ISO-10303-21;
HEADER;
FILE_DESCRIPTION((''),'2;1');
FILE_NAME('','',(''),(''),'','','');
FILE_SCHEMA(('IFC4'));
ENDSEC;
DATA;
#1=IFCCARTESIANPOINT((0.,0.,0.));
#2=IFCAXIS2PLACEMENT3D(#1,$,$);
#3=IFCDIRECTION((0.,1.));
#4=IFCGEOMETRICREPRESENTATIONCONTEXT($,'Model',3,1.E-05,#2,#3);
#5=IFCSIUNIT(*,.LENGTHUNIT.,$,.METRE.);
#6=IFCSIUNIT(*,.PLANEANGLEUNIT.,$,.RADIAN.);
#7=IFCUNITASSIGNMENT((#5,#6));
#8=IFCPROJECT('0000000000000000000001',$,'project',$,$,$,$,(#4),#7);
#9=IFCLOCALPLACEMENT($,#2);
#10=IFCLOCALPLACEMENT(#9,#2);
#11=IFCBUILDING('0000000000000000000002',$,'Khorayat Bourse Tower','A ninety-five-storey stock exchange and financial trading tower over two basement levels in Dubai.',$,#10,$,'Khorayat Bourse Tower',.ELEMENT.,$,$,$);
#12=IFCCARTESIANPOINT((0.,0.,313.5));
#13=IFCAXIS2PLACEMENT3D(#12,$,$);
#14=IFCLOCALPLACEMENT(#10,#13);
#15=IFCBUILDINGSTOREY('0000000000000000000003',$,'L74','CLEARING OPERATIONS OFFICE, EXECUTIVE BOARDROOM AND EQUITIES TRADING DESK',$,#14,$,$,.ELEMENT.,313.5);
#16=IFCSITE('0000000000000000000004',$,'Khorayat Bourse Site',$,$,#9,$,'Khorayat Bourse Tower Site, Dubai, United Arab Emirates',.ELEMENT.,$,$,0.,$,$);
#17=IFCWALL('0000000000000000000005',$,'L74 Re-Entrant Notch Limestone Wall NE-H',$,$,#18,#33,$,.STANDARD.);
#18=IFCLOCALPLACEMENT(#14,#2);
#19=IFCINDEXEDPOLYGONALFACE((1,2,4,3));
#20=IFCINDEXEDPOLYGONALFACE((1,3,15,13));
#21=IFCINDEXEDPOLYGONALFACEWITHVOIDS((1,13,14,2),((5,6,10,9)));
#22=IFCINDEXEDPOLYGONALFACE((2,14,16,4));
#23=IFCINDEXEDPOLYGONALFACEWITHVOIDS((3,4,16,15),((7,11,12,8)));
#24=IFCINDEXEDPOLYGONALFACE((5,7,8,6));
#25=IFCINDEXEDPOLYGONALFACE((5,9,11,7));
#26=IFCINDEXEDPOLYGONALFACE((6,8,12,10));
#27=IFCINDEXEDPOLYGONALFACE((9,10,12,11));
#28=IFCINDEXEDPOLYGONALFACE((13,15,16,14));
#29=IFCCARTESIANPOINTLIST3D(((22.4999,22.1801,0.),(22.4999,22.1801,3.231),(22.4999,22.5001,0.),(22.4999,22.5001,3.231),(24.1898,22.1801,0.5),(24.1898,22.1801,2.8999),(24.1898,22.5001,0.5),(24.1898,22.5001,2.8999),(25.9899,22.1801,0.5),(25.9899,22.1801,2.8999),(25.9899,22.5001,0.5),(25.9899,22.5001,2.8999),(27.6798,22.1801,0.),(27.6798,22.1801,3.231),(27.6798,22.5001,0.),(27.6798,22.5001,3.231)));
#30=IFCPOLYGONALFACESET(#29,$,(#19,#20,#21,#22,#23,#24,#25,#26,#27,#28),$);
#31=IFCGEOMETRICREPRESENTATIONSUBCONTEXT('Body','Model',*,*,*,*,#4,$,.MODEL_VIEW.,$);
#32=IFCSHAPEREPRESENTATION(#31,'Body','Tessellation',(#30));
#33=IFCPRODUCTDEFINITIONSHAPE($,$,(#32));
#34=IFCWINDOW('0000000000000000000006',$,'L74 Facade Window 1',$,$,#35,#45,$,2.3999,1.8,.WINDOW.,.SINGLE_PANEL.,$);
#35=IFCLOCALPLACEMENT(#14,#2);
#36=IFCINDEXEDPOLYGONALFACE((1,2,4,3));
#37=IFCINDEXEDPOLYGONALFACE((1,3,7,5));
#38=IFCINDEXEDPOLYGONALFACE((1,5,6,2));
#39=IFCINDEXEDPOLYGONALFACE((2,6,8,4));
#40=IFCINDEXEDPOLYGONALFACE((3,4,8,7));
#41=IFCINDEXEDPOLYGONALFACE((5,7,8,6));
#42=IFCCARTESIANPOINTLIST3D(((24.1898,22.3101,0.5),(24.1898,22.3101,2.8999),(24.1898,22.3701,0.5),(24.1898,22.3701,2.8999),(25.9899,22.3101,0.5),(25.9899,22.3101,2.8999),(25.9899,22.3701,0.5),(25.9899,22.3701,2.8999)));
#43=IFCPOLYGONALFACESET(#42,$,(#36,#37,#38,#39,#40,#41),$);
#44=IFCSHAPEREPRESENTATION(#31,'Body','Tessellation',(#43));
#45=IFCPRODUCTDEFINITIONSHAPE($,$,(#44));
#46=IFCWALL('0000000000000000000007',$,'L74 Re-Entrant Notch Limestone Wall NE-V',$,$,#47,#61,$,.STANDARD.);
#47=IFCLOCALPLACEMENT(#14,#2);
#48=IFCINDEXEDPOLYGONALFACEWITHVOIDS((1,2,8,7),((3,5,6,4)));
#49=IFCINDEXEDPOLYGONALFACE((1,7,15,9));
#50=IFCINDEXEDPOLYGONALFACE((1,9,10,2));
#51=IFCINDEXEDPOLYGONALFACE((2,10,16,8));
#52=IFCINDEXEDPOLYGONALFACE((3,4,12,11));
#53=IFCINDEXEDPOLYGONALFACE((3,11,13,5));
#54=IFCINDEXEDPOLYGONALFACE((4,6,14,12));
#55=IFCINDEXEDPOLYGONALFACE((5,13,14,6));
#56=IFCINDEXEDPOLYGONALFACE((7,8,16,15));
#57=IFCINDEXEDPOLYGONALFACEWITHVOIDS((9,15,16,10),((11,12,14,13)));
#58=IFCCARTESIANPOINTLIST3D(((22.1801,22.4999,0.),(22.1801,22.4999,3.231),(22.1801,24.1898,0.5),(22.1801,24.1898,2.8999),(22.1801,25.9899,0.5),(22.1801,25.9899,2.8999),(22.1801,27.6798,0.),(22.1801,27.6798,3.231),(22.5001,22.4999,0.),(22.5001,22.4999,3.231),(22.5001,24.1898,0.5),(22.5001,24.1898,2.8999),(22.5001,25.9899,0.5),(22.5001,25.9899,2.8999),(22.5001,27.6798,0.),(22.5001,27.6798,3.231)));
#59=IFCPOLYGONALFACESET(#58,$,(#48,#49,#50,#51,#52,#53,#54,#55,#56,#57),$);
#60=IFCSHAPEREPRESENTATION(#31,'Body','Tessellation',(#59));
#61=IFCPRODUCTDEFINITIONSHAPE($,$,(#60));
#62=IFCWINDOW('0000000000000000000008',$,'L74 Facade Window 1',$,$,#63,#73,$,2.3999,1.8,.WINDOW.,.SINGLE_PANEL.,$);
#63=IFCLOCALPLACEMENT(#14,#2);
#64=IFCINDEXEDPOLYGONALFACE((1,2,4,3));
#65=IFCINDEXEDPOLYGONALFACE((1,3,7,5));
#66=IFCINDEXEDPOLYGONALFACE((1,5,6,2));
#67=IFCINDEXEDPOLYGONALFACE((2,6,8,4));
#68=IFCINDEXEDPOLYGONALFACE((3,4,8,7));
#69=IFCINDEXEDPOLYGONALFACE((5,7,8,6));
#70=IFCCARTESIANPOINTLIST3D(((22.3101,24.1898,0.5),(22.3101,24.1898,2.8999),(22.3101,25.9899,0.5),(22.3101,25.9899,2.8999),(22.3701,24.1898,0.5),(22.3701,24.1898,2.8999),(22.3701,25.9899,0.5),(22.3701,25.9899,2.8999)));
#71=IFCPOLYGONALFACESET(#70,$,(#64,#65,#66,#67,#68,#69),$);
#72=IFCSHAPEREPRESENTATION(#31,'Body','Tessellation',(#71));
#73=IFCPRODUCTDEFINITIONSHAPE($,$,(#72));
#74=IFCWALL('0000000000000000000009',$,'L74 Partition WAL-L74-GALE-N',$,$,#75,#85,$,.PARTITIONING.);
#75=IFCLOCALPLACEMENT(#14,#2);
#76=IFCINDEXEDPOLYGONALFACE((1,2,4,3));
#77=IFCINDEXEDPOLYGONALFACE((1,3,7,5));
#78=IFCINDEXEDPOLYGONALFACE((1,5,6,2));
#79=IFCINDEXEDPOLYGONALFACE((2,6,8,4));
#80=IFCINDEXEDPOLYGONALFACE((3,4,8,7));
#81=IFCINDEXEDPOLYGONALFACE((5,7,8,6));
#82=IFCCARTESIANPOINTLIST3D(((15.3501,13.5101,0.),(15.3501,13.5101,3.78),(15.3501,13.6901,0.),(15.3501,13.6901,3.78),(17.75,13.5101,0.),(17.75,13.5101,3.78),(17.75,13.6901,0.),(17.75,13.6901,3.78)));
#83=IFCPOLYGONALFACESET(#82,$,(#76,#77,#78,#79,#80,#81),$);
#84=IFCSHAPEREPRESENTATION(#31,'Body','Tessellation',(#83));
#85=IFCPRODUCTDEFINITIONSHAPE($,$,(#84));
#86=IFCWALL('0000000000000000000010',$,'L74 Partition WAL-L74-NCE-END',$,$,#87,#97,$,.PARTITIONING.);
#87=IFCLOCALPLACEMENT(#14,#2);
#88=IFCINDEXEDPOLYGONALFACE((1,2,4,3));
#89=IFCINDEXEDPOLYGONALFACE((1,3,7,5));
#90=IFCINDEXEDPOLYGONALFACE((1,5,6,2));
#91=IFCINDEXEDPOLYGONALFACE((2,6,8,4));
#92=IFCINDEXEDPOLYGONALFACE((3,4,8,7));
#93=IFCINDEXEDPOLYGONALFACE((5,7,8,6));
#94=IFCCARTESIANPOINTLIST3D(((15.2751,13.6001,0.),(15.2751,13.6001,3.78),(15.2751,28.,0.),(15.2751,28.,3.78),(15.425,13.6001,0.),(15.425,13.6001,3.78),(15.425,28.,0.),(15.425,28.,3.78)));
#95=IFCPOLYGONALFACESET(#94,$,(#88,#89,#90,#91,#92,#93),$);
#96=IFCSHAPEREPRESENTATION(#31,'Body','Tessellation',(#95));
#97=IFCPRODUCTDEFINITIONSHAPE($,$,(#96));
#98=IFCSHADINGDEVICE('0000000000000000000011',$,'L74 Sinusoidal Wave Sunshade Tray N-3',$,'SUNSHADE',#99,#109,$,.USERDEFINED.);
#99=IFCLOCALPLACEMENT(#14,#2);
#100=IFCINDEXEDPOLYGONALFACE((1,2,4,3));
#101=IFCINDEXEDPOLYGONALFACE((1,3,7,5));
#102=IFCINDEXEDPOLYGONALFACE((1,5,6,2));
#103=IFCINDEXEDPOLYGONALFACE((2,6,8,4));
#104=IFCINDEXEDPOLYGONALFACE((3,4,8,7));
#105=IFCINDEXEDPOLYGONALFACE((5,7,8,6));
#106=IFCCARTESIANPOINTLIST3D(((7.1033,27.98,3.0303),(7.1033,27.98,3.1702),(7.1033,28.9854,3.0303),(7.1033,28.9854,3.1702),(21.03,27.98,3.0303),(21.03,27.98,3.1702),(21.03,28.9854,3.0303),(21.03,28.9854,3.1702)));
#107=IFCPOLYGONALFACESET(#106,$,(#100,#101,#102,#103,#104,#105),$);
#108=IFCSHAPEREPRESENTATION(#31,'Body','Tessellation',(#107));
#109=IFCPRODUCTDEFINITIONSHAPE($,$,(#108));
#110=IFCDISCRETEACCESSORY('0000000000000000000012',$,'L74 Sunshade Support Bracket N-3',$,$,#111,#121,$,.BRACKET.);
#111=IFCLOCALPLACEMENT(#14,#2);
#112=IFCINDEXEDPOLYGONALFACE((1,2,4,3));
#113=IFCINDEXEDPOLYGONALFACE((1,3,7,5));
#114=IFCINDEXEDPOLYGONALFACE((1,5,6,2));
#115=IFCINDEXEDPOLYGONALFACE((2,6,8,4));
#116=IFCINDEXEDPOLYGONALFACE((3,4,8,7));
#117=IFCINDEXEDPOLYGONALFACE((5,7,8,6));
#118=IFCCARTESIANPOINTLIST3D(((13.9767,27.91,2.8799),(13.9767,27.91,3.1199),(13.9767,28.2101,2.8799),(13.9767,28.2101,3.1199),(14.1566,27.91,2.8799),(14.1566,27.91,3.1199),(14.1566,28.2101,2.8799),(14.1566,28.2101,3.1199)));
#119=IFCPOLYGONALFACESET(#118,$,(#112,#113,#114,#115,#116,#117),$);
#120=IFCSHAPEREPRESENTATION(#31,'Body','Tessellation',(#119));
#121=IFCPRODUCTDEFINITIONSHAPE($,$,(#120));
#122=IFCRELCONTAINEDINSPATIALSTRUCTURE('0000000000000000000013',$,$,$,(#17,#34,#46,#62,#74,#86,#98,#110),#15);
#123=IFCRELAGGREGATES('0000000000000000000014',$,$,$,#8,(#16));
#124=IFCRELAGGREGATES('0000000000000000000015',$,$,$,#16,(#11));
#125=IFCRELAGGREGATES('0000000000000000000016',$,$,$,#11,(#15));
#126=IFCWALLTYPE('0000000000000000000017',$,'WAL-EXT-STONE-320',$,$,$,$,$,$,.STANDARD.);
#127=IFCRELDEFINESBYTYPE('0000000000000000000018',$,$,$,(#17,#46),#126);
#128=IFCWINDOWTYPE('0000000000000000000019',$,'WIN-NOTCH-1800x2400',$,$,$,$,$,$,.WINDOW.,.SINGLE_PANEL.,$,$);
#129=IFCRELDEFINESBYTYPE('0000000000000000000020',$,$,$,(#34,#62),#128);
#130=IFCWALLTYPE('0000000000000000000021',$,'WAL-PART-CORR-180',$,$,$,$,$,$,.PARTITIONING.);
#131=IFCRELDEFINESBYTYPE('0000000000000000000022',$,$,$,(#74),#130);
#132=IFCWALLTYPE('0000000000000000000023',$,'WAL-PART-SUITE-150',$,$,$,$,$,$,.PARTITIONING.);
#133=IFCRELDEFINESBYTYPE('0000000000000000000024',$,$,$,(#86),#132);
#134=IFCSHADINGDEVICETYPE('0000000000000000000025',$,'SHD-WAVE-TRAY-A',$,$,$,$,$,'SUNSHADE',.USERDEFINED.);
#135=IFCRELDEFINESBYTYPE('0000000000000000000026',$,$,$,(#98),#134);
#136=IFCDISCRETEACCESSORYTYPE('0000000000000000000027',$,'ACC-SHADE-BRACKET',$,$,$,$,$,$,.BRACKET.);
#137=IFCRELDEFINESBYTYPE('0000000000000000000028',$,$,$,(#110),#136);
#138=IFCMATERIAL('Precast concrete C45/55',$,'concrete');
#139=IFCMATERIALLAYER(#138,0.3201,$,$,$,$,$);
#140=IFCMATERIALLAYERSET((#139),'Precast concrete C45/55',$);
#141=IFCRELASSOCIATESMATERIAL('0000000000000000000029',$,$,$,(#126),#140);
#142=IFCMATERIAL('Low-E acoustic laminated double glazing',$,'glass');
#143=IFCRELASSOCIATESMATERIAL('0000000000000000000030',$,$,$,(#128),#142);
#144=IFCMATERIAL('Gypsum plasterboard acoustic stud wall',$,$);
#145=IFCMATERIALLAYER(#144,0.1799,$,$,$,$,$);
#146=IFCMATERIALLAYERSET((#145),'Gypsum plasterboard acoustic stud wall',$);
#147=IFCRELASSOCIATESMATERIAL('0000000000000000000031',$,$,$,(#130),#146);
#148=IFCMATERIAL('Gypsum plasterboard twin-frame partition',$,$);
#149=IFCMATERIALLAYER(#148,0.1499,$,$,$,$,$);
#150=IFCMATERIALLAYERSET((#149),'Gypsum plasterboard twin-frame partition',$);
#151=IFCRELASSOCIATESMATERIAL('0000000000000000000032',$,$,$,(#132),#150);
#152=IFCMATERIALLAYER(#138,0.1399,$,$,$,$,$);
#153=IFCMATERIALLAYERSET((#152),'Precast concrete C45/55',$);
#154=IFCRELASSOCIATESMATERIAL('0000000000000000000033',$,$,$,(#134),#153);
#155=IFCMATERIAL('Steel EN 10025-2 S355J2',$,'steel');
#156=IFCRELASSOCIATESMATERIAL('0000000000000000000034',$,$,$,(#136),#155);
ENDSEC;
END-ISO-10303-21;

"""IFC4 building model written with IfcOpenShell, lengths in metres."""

from ifc_helpers import new_model, si_unit, direction, frame, frame_2d, origin, origin_2d, place, context, subcontext, project, spatial, rectangle, extrude, source, transform, mapped, material, layer, layer_set, type_object, element, fill, save


model = new_model("IFC4")

# Units and contexts
model_context = context("Model", 3, precision=1e-05, world=origin(), true_north=direction((0.0, 1.0)))
body_context = subcontext(model_context, "Body", "Model", "MODEL_VIEW")
ifc_project = project(units=[si_unit("LENGTHUNIT", "METRE"), si_unit("PLANEANGLEUNIT", "RADIAN")], contexts=[model_context])

# Site, building, storey
site_placement = place(None, origin())
site = spatial("IfcSite", under=ifc_project, at=site_placement, Name="Khorayat Bourse Site", LongName="Khorayat Bourse Tower Site, Dubai, United Arab Emirates", CompositionType="ELEMENT", RefElevation=0.0)
building_placement = place(site_placement, origin())
building = spatial("IfcBuilding", under=site, at=building_placement, Name="Khorayat Bourse Tower", Description="A ninety-five-storey stock exchange and financial trading tower over two basement levels in Dubai.", LongName="Khorayat Bourse Tower", CompositionType="ELEMENT")
storey_placement = place(building_placement, frame((0.0, 0.0, 313.5)))
storey = spatial("IfcBuildingStorey", under=building, at=storey_placement, Name="L74", Description="CLEARING OPERATIONS OFFICE, EXECUTIVE BOARDROOM AND EQUITIES TRADING DESK", CompositionType="ELEMENT", Elevation=313.5)

# Shared definitions
ifc_material_1 = material(Name="Steel EN 10025-2 S355J2", Category="steel")

# Walls, openings, windows
ifc_material_2 = material(Name="Precast concrete C45/55", Category="concrete")
ifc_layer_1 = layer(ifc_material_2, 0.3201)
ifc_layer_set_1 = layer_set([ifc_layer_1], Name="Precast concrete C45/55")
wall_type_1 = type_object("IfcWallType", Name="WAL-EXT-STONE-320", PredefinedType="STANDARD", material=ifc_layer_set_1)
shared_shape_1 = source(origin(), body_context, "Body", "SweptSolid", [
    extrude(rectangle(XDim=5.1799, YDim=0.3201, at=frame_2d((2.5898, 0.0))), origin(), (0.0, 0.0, 1.0), 3.231),
])
wall_1_placement = place(storey_placement, frame((22.5, 22.3401, 0.0), z_axis=(0.0, 0.0, 1.0), x_axis=(1.0, 0.0, 0.0)))
wall_1 = element("IfcWall", 1, at=wall_1_placement, inside=storey, type_object=wall_type_1, Name="L74 Re-Entrant Notch Limestone Wall NE-H", PredefinedType="STANDARD", context=body_context, shape_type="MappedRepresentation", body=[
    mapped(shared_shape_1, transform((0.0, 0.0, 0.0), scale=1.0)),
])
shared_shape_2 = source(origin(), body_context, "Body", "SweptSolid", [
    extrude(rectangle(XDim=1.8, YDim=2.3999, at=frame_2d((0.8999, 1.2))), frame((0.0, 0.1699, 0.0), z_axis=(0.0, -1.0, 0.0), x_axis=(1.0, 0.0, 0.0)), (0.0, 0.0, 1.0), 0.3401),
])
opening_1_placement = place(wall_1_placement, frame((1.6899, 0.0, 0.5)))
opening_1 = element("IfcOpeningElement", 2, at=opening_1_placement, cuts=wall_1, PredefinedType="OPENING", context=body_context, shape_type="MappedRepresentation", body=[
    mapped(shared_shape_2, transform((0.0, 0.0, 0.0), scale=1.0)),
])
ifc_material_3 = material(Name="Low-E acoustic laminated double glazing", Category="glass")
window_type = type_object("IfcWindowType", Name="WIN-NOTCH-1800x2400", PartitioningType="SINGLE_PANEL", PredefinedType="WINDOW", material=ifc_material_3)
shared_shape_3 = source(origin(), body_context, "Body", "SweptSolid", [
    extrude(rectangle(XDim=1.8, YDim=2.3999, at=frame_2d((0.8999, 1.2))), frame((0.0, 0.03, 0.0), z_axis=(0.0, -1.0, 0.0), x_axis=(1.0, 0.0, 0.0)), (0.0, 0.0, 1.0), 0.0601),
])
window_1_placement = place(opening_1_placement, origin())
window_1 = element("IfcWindow", 3, at=window_1_placement, inside=storey, type_object=window_type, Name="L74 Facade Window 1", OverallHeight=2.3999, OverallWidth=1.8, PartitioningType="SINGLE_PANEL", PredefinedType="WINDOW", context=body_context, shape_type="MappedRepresentation", body=[
    mapped(shared_shape_3, transform((0.0, 0.0, 0.0), scale=1.0)),
])
fill(opening_1, window_1)
wall_2_placement = place(storey_placement, frame((22.3401, 22.5, 0.0), z_axis=(0.0, 0.0, 1.0), x_axis=(0.0, 1.0, 0.0)))
wall_2 = element("IfcWall", 4, at=wall_2_placement, inside=storey, type_object=wall_type_1, Name="L74 Re-Entrant Notch Limestone Wall NE-V", PredefinedType="STANDARD", context=body_context, shape_type="MappedRepresentation", body=[
    mapped(shared_shape_1, transform((0.0, 0.0, 0.0), scale=1.0)),
])
opening_2_placement = place(wall_2_placement, frame((1.6899, 0.0, 0.5)))
opening_2 = element("IfcOpeningElement", 5, at=opening_2_placement, cuts=wall_2, PredefinedType="OPENING", context=body_context, shape_type="MappedRepresentation", body=[
    mapped(shared_shape_2, transform((0.0, 0.0, 0.0), scale=1.0)),
])
window_2_placement = place(opening_2_placement, origin())
window_2 = element("IfcWindow", 6, at=window_2_placement, inside=storey, type_object=window_type, Name="L74 Facade Window 1", OverallHeight=2.3999, OverallWidth=1.8, PartitioningType="SINGLE_PANEL", PredefinedType="WINDOW", context=body_context, shape_type="MappedRepresentation", body=[
    mapped(shared_shape_3, transform((0.0, 0.0, 0.0), scale=1.0)),
])
fill(opening_2, window_2)

# Walls
ifc_material_4 = material(Name="Gypsum plasterboard acoustic stud wall")
ifc_layer_2 = layer(ifc_material_4, 0.1799)
ifc_layer_set_2 = layer_set([ifc_layer_2], Name="Gypsum plasterboard acoustic stud wall")
wall_type_2 = type_object("IfcWallType", Name="WAL-PART-CORR-180", PredefinedType="PARTITIONING", material=ifc_layer_set_2)
shared_shape_4 = source(origin(), body_context, "Body", "SweptSolid", [
    extrude(rectangle(XDim=2.3999, YDim=0.1799, at=frame_2d((1.2, 0.0))), origin(), (0.0, 0.0, 1.0), 3.78),
])
wall_3_placement = place(storey_placement, frame((15.3501, 13.6001, 0.0), z_axis=(0.0, 0.0, 1.0), x_axis=(1.0, 0.0, 0.0)))
element("IfcWall", 7, at=wall_3_placement, inside=storey, type_object=wall_type_2, Name="L74 Partition WAL-L74-GALE-N", PredefinedType="PARTITIONING", context=body_context, shape_type="MappedRepresentation", body=[
    mapped(shared_shape_4, transform((0.0, 0.0, 0.0), scale=1.0)),
])
ifc_material_5 = material(Name="Gypsum plasterboard twin-frame partition")
ifc_layer_3 = layer(ifc_material_5, 0.1499)
ifc_layer_set_3 = layer_set([ifc_layer_3], Name="Gypsum plasterboard twin-frame partition")
wall_type_3 = type_object("IfcWallType", Name="WAL-PART-SUITE-150", PredefinedType="PARTITIONING", material=ifc_layer_set_3)
shared_shape_5 = source(origin(), body_context, "Body", "SweptSolid", [
    extrude(rectangle(XDim=14.3999, YDim=0.1499, at=frame_2d((7.2, 0.0))), origin(), (0.0, 0.0, 1.0), 3.78),
])
wall_4_placement = place(storey_placement, frame((15.3501, 13.6001, 0.0), z_axis=(0.0, 0.0, 1.0), x_axis=(0.0, 1.0, 0.0)))
element("IfcWall", 8, at=wall_4_placement, inside=storey, type_object=wall_type_3, Name="L74 Partition WAL-L74-NCE-END", PredefinedType="PARTITIONING", context=body_context, shape_type="MappedRepresentation", body=[
    mapped(shared_shape_5, transform((0.0, 0.0, 0.0), scale=1.0)),
])

# Shading device
ifc_layer_4 = layer(ifc_material_2, 0.1399)
ifc_layer_set_4 = layer_set([ifc_layer_4], Name="Precast concrete C45/55")
shading_device_type = type_object("IfcShadingDeviceType", Name="SHD-WAVE-TRAY-A", ElementType="SUNSHADE", PredefinedType="USERDEFINED", material=ifc_layer_set_4)
shared_shape_6 = source(origin(), body_context, "Body", "SweptSolid", [
    extrude(rectangle(XDim=13.9268, YDim=1.0054, at=origin_2d()), origin(), (0.0, 0.0, 1.0), 0.1399),
])
shading_device_placement = place(storey_placement, frame((14.0667, 28.4827, 3.0303), z_axis=(0.0, 0.0, 1.0), x_axis=(1.0, 0.0, 0.0)))
element("IfcShadingDevice", 9, at=shading_device_placement, inside=storey, type_object=shading_device_type, Name="L74 Sinusoidal Wave Sunshade Tray N-3", ObjectType="SUNSHADE", PredefinedType="USERDEFINED", context=body_context, shape_type="MappedRepresentation", body=[
    mapped(shared_shape_6, transform((0.0, 0.0, 0.0), scale=1.0)),
])

# Discrete accessory
discrete_accessory_type = type_object("IfcDiscreteAccessoryType", Name="ACC-SHADE-BRACKET", PredefinedType="BRACKET", material=ifc_material_1)
shared_shape_7 = source(origin(), body_context, "Body", "SweptSolid", [
    extrude(rectangle(XDim=0.1799, YDim=0.3, at=origin_2d()), origin(), (0.0, 0.0, 1.0), 0.24),
])
discrete_accessory_placement = place(storey_placement, frame((14.0667, 28.0601, 2.8799), z_axis=(0.0, 0.0, 1.0), x_axis=(1.0, 0.0, 0.0)))
element("IfcDiscreteAccessory", 10, at=discrete_accessory_placement, inside=storey, type_object=discrete_accessory_type, Name="L74 Sunshade Support Bracket N-3", PredefinedType="BRACKET", context=body_context, shape_type="MappedRepresentation", body=[
    mapped(shared_shape_7, transform((0.0, 0.0, 0.0), scale=1.0)),
])

save(model, "model.ifc")
